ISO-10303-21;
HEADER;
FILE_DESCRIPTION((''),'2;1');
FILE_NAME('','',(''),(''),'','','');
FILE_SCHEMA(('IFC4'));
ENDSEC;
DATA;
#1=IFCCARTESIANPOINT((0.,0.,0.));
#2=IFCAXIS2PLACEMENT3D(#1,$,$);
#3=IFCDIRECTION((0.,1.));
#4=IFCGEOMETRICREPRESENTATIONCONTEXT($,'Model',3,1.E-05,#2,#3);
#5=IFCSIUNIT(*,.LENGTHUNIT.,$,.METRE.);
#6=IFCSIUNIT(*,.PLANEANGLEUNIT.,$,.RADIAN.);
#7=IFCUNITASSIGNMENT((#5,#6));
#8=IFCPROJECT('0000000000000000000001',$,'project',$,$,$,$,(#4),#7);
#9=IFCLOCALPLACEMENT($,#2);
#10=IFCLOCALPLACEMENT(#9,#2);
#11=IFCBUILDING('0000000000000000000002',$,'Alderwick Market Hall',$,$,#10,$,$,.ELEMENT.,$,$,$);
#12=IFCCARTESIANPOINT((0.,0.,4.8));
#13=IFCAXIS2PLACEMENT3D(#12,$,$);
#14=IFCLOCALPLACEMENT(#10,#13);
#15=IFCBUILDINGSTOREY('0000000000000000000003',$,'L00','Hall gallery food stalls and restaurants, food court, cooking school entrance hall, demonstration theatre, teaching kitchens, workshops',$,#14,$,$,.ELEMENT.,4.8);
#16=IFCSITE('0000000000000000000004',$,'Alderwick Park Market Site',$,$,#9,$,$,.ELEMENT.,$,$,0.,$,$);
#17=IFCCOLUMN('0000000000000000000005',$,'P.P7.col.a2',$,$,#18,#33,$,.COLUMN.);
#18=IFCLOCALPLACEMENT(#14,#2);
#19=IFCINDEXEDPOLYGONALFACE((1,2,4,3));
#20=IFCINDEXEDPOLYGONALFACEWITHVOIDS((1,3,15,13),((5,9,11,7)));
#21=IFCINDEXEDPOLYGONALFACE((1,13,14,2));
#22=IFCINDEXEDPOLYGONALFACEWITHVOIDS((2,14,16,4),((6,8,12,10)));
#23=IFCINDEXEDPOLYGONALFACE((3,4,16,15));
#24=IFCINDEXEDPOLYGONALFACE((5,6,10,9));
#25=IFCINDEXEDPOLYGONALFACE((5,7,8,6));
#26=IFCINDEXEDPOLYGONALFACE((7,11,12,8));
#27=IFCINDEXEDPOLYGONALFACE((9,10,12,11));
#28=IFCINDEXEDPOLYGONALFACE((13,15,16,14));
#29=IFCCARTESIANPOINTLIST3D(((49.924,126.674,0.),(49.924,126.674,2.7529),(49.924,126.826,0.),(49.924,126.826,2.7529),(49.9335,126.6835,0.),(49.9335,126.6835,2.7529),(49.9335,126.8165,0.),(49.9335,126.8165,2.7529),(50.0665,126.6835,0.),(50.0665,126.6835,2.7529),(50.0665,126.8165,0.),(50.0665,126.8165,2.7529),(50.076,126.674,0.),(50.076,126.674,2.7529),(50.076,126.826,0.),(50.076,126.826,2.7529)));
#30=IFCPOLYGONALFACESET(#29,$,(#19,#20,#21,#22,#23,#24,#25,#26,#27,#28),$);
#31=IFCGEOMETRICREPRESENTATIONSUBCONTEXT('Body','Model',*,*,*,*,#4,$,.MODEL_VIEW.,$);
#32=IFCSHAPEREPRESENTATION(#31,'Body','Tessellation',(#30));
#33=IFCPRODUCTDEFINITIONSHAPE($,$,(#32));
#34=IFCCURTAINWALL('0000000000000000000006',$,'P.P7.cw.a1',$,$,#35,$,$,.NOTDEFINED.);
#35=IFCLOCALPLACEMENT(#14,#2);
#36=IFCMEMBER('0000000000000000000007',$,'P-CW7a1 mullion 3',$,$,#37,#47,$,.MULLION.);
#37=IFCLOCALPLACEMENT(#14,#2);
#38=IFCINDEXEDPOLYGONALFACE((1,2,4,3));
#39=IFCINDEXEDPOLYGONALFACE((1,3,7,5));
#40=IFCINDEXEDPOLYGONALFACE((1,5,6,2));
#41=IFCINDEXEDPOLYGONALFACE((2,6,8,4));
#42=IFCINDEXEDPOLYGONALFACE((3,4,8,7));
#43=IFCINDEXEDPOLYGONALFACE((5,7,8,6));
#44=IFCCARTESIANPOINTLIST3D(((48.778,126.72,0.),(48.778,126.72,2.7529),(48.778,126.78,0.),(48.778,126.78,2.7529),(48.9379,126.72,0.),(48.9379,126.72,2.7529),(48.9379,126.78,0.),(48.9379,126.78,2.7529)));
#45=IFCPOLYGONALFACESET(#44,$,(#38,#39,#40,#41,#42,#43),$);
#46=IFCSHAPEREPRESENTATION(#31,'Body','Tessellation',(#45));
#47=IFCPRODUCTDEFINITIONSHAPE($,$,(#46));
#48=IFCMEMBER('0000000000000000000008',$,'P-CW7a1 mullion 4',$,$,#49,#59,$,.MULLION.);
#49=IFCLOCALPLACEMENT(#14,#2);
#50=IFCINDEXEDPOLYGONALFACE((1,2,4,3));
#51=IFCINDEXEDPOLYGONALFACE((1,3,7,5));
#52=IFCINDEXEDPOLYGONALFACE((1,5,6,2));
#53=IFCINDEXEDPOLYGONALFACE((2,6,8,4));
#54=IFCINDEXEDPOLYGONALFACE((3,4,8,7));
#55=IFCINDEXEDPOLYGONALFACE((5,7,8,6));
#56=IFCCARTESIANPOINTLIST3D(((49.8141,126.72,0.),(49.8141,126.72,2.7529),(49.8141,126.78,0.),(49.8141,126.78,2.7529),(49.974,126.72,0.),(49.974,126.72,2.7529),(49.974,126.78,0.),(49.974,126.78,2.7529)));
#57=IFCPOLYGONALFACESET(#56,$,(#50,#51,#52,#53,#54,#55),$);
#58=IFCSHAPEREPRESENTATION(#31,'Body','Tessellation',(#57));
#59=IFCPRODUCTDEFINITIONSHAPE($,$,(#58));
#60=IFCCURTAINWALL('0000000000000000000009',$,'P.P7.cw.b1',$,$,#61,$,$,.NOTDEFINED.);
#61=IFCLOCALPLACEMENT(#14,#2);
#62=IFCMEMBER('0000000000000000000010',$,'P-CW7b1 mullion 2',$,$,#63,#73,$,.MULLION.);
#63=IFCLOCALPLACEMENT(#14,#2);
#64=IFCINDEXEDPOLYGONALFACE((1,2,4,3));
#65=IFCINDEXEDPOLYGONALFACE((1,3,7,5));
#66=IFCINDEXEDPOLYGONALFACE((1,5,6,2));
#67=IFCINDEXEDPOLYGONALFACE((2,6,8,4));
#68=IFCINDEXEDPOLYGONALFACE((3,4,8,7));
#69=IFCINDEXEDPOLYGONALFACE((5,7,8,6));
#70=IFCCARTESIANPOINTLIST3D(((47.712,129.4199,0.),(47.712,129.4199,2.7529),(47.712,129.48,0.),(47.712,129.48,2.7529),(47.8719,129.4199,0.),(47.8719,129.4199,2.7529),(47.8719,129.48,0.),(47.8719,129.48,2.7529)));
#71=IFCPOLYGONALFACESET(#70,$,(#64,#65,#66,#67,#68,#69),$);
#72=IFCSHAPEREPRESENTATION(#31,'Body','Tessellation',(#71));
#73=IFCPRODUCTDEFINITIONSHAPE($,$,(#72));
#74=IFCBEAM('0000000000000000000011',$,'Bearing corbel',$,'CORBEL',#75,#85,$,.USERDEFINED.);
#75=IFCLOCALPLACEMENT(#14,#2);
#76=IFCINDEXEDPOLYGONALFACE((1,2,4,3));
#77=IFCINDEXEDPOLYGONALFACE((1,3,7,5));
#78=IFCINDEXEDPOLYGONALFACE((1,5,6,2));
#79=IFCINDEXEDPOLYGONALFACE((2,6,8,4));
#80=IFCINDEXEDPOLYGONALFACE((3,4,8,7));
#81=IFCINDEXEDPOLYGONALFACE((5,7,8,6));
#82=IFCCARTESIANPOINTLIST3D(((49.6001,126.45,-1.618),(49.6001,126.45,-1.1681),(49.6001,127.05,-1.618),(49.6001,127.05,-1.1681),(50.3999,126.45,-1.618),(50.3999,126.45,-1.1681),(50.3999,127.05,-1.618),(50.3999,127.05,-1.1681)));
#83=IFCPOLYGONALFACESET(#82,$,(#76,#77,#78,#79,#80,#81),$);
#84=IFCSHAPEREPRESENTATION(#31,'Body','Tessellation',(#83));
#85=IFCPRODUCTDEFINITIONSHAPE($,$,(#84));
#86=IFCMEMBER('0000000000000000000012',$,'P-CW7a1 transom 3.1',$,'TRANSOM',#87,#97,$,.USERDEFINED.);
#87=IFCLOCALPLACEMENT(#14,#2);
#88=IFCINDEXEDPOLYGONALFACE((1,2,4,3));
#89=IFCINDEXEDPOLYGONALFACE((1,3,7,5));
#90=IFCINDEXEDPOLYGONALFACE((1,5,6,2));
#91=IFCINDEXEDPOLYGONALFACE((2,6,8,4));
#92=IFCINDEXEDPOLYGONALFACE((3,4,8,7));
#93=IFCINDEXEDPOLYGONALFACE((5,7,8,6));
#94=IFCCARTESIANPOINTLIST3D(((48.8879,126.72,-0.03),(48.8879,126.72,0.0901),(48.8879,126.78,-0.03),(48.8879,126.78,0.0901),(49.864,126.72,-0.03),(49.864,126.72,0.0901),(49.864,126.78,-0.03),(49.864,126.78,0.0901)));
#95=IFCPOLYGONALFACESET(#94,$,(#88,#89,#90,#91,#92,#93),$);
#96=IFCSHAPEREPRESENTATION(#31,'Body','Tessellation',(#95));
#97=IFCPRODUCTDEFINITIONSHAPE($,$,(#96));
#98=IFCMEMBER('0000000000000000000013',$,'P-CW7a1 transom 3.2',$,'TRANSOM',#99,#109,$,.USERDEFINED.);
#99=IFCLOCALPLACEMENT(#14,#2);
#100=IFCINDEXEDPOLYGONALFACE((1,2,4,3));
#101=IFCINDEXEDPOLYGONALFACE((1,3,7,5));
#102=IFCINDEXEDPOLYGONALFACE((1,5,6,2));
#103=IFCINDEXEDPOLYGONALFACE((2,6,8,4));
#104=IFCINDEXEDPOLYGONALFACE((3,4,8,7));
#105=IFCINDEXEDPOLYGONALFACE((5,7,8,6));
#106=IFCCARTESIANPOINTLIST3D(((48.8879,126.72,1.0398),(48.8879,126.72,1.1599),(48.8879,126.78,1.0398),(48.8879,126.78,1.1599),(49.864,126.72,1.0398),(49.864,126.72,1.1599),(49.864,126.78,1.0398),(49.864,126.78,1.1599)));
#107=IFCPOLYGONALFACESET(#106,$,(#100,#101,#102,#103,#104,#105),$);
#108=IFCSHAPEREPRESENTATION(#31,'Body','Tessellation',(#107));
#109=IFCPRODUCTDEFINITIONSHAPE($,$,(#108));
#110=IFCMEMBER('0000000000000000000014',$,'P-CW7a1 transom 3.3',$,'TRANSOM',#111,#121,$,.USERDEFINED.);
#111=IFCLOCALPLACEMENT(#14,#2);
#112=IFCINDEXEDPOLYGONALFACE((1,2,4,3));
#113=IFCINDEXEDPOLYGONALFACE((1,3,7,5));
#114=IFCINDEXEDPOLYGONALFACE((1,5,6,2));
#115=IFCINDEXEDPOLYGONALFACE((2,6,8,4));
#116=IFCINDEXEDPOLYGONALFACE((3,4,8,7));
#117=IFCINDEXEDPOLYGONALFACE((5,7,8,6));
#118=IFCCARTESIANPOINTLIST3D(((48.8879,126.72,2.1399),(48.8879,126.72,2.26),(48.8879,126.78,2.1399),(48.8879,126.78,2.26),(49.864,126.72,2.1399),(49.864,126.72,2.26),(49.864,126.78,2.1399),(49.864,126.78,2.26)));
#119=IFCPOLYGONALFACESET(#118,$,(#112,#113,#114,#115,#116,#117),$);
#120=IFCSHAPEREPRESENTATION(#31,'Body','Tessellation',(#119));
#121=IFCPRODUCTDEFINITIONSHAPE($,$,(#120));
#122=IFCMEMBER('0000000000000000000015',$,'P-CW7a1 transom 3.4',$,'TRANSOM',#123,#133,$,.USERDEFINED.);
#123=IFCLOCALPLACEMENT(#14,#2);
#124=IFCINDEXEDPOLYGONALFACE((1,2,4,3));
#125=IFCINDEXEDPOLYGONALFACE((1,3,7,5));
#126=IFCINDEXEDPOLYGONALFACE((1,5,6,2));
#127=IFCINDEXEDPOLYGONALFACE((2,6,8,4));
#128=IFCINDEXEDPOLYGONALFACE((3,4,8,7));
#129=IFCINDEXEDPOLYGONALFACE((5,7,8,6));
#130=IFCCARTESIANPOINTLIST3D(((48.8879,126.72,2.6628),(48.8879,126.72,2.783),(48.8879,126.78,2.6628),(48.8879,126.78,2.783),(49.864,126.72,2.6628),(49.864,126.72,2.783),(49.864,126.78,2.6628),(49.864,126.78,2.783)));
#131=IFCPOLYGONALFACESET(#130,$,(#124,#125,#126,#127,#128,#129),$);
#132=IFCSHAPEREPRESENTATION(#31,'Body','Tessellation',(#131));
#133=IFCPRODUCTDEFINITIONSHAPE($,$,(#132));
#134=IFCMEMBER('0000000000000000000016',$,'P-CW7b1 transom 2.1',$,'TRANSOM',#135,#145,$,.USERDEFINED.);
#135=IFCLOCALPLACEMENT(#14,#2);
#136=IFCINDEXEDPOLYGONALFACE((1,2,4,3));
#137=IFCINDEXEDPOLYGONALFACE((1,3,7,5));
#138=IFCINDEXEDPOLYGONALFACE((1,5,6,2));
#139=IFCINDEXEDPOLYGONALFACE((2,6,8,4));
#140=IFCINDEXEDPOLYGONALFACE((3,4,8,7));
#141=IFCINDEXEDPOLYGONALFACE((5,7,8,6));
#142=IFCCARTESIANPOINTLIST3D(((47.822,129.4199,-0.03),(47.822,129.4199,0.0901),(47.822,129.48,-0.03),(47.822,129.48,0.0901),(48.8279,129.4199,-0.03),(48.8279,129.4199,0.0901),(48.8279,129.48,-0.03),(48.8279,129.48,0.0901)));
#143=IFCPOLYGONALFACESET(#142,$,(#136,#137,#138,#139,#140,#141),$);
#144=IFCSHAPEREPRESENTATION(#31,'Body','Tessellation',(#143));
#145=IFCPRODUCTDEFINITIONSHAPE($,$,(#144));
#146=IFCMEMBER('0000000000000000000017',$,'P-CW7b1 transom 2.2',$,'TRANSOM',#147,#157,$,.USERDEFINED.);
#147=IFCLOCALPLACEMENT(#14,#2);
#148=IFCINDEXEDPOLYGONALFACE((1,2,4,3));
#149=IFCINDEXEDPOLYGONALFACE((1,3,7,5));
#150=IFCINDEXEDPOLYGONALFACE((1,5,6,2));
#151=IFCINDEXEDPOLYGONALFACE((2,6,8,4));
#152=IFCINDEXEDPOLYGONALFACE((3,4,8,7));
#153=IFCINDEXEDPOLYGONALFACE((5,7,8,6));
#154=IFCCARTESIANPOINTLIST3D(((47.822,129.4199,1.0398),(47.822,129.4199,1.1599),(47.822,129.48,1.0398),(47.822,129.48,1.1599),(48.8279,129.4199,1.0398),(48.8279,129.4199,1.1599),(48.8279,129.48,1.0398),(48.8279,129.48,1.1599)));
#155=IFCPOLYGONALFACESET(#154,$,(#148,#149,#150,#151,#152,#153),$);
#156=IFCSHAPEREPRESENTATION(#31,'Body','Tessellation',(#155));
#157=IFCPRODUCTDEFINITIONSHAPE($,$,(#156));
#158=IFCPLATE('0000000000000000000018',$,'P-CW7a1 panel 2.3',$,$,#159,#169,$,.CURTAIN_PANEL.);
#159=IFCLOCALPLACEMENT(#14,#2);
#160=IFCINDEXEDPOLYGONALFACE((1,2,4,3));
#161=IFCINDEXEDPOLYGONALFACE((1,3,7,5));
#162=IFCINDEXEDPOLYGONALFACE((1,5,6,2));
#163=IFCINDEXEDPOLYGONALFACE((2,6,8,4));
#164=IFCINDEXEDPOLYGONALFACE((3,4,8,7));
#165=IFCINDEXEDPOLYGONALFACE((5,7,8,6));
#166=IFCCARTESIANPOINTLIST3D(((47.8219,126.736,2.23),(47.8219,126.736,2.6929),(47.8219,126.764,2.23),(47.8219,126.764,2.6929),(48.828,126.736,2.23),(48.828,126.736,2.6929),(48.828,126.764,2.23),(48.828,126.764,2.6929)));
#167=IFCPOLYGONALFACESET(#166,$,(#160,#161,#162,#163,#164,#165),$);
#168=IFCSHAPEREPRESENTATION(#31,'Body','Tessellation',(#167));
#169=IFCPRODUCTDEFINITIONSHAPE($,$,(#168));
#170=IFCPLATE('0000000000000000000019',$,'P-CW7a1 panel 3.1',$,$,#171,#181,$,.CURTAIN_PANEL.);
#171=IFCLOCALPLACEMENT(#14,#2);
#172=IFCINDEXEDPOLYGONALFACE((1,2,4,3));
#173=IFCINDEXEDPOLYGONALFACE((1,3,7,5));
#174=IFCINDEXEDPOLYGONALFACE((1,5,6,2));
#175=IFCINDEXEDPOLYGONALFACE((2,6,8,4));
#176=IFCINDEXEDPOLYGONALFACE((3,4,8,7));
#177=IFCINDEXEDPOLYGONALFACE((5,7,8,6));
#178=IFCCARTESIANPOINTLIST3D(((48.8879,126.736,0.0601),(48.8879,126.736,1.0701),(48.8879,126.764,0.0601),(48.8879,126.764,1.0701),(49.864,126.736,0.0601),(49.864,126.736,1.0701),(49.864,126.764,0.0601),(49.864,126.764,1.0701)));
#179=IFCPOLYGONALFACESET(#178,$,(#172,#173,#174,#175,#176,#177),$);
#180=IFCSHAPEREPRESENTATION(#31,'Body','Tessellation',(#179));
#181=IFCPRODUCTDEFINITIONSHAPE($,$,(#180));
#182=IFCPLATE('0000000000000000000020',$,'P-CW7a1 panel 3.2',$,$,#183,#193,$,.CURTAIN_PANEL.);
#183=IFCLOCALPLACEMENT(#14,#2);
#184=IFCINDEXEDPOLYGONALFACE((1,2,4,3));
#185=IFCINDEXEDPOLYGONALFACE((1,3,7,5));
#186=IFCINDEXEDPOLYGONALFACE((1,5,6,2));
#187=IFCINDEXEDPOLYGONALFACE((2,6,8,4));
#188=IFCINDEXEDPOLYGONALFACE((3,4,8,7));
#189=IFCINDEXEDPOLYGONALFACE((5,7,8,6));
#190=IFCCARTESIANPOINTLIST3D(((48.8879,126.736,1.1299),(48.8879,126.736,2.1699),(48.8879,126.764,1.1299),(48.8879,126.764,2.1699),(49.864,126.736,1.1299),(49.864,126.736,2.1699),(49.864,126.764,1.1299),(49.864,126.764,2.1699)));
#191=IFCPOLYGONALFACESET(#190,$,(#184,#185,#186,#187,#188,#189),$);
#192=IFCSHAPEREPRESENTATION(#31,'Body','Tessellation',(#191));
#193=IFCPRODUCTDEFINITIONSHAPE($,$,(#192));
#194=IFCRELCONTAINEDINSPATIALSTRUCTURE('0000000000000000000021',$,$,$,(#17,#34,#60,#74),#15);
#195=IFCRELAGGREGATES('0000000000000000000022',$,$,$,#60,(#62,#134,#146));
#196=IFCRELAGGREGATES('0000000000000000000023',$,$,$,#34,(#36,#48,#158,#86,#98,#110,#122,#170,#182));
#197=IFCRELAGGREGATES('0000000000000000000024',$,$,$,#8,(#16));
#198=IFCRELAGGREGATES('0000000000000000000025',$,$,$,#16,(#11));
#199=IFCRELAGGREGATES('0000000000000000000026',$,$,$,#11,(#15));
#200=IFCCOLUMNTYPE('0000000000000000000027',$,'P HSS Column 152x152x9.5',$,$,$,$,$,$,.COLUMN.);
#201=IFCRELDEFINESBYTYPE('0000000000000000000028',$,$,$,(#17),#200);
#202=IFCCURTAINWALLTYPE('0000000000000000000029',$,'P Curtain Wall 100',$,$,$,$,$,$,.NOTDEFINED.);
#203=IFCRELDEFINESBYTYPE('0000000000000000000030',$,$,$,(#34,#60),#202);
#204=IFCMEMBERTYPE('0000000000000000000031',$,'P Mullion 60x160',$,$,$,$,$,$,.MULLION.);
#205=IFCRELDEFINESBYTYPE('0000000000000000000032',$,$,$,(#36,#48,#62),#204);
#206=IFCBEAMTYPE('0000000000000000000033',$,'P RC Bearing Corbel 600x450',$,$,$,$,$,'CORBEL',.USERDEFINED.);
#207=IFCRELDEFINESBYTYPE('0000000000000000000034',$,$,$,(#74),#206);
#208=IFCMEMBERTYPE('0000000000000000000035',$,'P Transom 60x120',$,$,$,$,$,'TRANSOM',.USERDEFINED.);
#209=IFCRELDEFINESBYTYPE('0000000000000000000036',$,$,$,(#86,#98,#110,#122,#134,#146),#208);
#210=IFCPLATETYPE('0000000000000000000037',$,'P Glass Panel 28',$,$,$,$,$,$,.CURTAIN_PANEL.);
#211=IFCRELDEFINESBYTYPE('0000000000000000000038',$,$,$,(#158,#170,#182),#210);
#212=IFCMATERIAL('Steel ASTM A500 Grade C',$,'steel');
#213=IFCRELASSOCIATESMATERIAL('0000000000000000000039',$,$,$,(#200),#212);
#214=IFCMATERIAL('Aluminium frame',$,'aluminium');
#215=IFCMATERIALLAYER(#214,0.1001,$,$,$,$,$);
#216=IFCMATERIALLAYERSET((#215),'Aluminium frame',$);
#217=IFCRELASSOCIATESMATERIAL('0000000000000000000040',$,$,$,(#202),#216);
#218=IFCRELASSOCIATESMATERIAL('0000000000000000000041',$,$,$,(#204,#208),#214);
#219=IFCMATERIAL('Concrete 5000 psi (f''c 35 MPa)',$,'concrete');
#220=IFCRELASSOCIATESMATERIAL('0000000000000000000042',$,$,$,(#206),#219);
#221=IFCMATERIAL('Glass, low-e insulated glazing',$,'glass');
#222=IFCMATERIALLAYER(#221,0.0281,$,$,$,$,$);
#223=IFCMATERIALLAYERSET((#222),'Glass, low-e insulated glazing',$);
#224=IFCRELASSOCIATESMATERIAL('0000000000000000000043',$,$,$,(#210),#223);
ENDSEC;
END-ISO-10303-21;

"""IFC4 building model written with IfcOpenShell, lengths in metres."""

from ifc_helpers import new_model, si_unit, direction, frame, origin, origin_2d, place, context, subcontext, project, spatial, rectangle, hollow_rectangle, extrude, material, layer, layer_set, material_profile, profile_set, type_object, element, aggregate, save


model = new_model("IFC4")

# Units and contexts
model_context = context("Model", 3, precision=1e-05, world=origin(), true_north=direction((0.0, 1.0)))
body_context = subcontext(model_context, "Body", "Model", "MODEL_VIEW")
ifc_project = project(units=[si_unit("LENGTHUNIT", "METRE"), si_unit("PLANEANGLEUNIT", "RADIAN")], contexts=[model_context])

# Site, building, storey
site_placement = place(None, origin())
site = spatial("IfcSite", under=ifc_project, at=site_placement, Name="Alderwick Park Market Site", CompositionType="ELEMENT", RefElevation=0.0)
building_placement = place(site_placement, origin())
building = spatial("IfcBuilding", under=site, at=building_placement, Name="Alderwick Market Hall", CompositionType="ELEMENT")
storey_placement = place(building_placement, frame((0.0, 0.0, 4.8)))
storey = spatial("IfcBuildingStorey", under=building, at=storey_placement, Name="L00", Description="Hall gallery food stalls and restaurants, food court, cooking school entrance hall, demonstration theatre, teaching kitchens, workshops", CompositionType="ELEMENT", Elevation=4.8)

# Column
ifc_material_1 = material(Name="Steel ASTM A500 Grade C", Category="steel")
ifc_material_profile_1 = material_profile(ifc_material_1, hollow_rectangle(XDim=0.1521, YDim=0.1521, WallThickness=0.0095, at=origin_2d()), Name="HSS152x152x9.5")
ifc_profile_set_1 = profile_set([ifc_material_profile_1], Name="Steel ASTM A500 Grade C")
column_type = type_object("IfcColumnType", Name="P HSS Column 152x152x9.5", PredefinedType="COLUMN", material=ifc_profile_set_1)
column_placement = place(storey_placement, frame((50.0, 126.75, 0.0), z_axis=(0.0, 0.0, 1.0), x_axis=(1.0, 0.0, 0.0)))
element("IfcColumn", 1, at=column_placement, inside=storey, type_object=column_type, Name="P.P7.col.a2", PredefinedType="COLUMN", context=body_context, shape_type="SweptSolid", body=[
    extrude(hollow_rectangle(XDim=0.1521, YDim=0.1521, WallThickness=0.0095, at=origin_2d()), origin(), (0.0, 0.0, 1.0), 2.7529),
])

# Curtain wall, members
ifc_material_2 = material(Name="Aluminium frame", Category="aluminium")
ifc_layer_1 = layer(ifc_material_2, 0.1001)
ifc_layer_set_1 = layer_set([ifc_layer_1], Name="Aluminium frame")
curtain_wall_type = type_object("IfcCurtainWallType", Name="P Curtain Wall 100", PredefinedType="NOTDEFINED", material=ifc_layer_set_1)
curtain_wall_1_placement = place(storey_placement, origin())
curtain_wall_1 = element("IfcCurtainWall", 2, at=curtain_wall_1_placement, inside=storey, type_object=curtain_wall_type, Name="P.P7.cw.a1", PredefinedType="NOTDEFINED")
ifc_material_profile_2 = material_profile(ifc_material_2, rectangle(XDim=0.0601, YDim=0.1599, at=origin_2d()), Name="P Mullion 60x160")
ifc_profile_set_2 = profile_set([ifc_material_profile_2], Name="Aluminium frame")
member_type_1 = type_object("IfcMemberType", Name="P Mullion 60x160", PredefinedType="MULLION", material=ifc_profile_set_2)
member_1_placement = place(storey_placement, frame((48.8579, 126.75, 0.0), z_axis=(0.0, 0.0, 1.0), x_axis=(0.0, 1.0, 0.0)))
member_1 = element("IfcMember", 3, at=member_1_placement, type_object=member_type_1, Name="P-CW7a1 mullion 3", PredefinedType="MULLION", context=body_context, shape_type="SweptSolid", body=[
    extrude(rectangle(XDim=0.0601, YDim=0.1599, at=origin_2d()), origin(), (0.0, 0.0, 1.0), 2.7529),
])
member_2_placement = place(storey_placement, frame((49.894, 126.75, 0.0), z_axis=(0.0, 0.0, 1.0), x_axis=(0.0, 1.0, 0.0)))
member_2 = element("IfcMember", 4, at=member_2_placement, type_object=member_type_1, Name="P-CW7a1 mullion 4", PredefinedType="MULLION", context=body_context, shape_type="SweptSolid", body=[
    extrude(rectangle(XDim=0.0601, YDim=0.1599, at=origin_2d()), origin(), (0.0, 0.0, 1.0), 2.7529),
])

# Curtain wall, member
curtain_wall_2_placement = place(storey_placement, origin())
curtain_wall_2 = element("IfcCurtainWall", 5, at=curtain_wall_2_placement, inside=storey, type_object=curtain_wall_type, Name="P.P7.cw.b1", PredefinedType="NOTDEFINED")
member_3_placement = place(storey_placement, frame((47.792, 129.45, 0.0), z_axis=(0.0, 0.0, 1.0), x_axis=(0.0, 1.0, 0.0)))
member_3 = element("IfcMember", 6, at=member_3_placement, type_object=member_type_1, Name="P-CW7b1 mullion 2", PredefinedType="MULLION", context=body_context, shape_type="SweptSolid", body=[
    extrude(rectangle(XDim=0.0601, YDim=0.1599, at=origin_2d()), origin(), (0.0, 0.0, 1.0), 2.7529),
])

# Beam
ifc_material_3 = material(Name="Concrete 5000 psi (f'c 35 MPa)", Category="concrete")
ifc_material_profile_3 = material_profile(ifc_material_3, rectangle(XDim=0.6001, YDim=0.45, at=origin_2d()), Name="P RC Bearing Corbel 600x450")
ifc_profile_set_3 = profile_set([ifc_material_profile_3], Name="Concrete 5000 psi (f'c 35 MPa)")
beam_type = type_object("IfcBeamType", Name="P RC Bearing Corbel 600x450", ElementType="CORBEL", PredefinedType="USERDEFINED", material=ifc_profile_set_3)
beam_placement = place(storey_placement, frame((49.6001, 126.75, -1.3931), z_axis=(1.0, 0.0, 0.0), x_axis=(0.0, 1.0, 0.0)))
element("IfcBeam", 7, at=beam_placement, inside=storey, type_object=beam_type, Name="Bearing corbel", ObjectType="CORBEL", PredefinedType="USERDEFINED", context=body_context, shape_type="SweptSolid", body=[
    extrude(rectangle(XDim=0.6001, YDim=0.45, at=origin_2d()), origin(), (0.0, 0.0, 1.0), 0.7998),
])

# Members
ifc_material_profile_4 = material_profile(ifc_material_2, rectangle(XDim=0.0601, YDim=0.1201, at=origin_2d()), Name="P Transom 60x120")
ifc_profile_set_4 = profile_set([ifc_material_profile_4], Name="Aluminium frame")
member_type_2 = type_object("IfcMemberType", Name="P Transom 60x120", ElementType="TRANSOM", PredefinedType="USERDEFINED", material=ifc_profile_set_4)
member_4_placement = place(storey_placement, frame((48.8879, 126.75, 0.03), z_axis=(1.0, 0.0, 0.0), x_axis=(0.0, 1.0, 0.0)))
member_4 = element("IfcMember", 8, at=member_4_placement, type_object=member_type_2, Name="P-CW7a1 transom 3.1", ObjectType="TRANSOM", PredefinedType="USERDEFINED", context=body_context, shape_type="SweptSolid", body=[
    extrude(rectangle(XDim=0.0601, YDim=0.1201, at=origin_2d()), origin(), (0.0, 0.0, 1.0), 0.9761),
])
member_5_placement = place(storey_placement, frame((48.8879, 126.75, 1.0999), z_axis=(1.0, 0.0, 0.0), x_axis=(0.0, 1.0, 0.0)))
member_5 = element("IfcMember", 9, at=member_5_placement, type_object=member_type_2, Name="P-CW7a1 transom 3.2", ObjectType="TRANSOM", PredefinedType="USERDEFINED", context=body_context, shape_type="SweptSolid", body=[
    extrude(rectangle(XDim=0.0601, YDim=0.1201, at=origin_2d()), origin(), (0.0, 0.0, 1.0), 0.9761),
])
member_6_placement = place(storey_placement, frame((48.8879, 126.75, 2.2), z_axis=(1.0, 0.0, 0.0), x_axis=(0.0, 1.0, 0.0)))
member_6 = element("IfcMember", 10, at=member_6_placement, type_object=member_type_2, Name="P-CW7a1 transom 3.3", ObjectType="TRANSOM", PredefinedType="USERDEFINED", context=body_context, shape_type="SweptSolid", body=[
    extrude(rectangle(XDim=0.0601, YDim=0.1201, at=origin_2d()), origin(), (0.0, 0.0, 1.0), 0.9761),
])
member_7_placement = place(storey_placement, frame((48.8879, 126.75, 2.7229), z_axis=(1.0, 0.0, 0.0), x_axis=(0.0, 1.0, 0.0)))
member_7 = element("IfcMember", 11, at=member_7_placement, type_object=member_type_2, Name="P-CW7a1 transom 3.4", ObjectType="TRANSOM", PredefinedType="USERDEFINED", context=body_context, shape_type="SweptSolid", body=[
    extrude(rectangle(XDim=0.0601, YDim=0.1201, at=origin_2d()), origin(), (0.0, 0.0, 1.0), 0.9761),
])
member_8_placement = place(storey_placement, frame((47.822, 129.45, 0.03), z_axis=(1.0, 0.0, 0.0), x_axis=(0.0, 1.0, 0.0)))
member_8 = element("IfcMember", 12, at=member_8_placement, type_object=member_type_2, Name="P-CW7b1 transom 2.1", ObjectType="TRANSOM", PredefinedType="USERDEFINED", context=body_context, shape_type="SweptSolid", body=[
    extrude(rectangle(XDim=0.0601, YDim=0.1201, at=origin_2d()), origin(), (0.0, 0.0, 1.0), 1.0059),
])
member_9_placement = place(storey_placement, frame((47.822, 129.45, 1.0999), z_axis=(1.0, 0.0, 0.0), x_axis=(0.0, 1.0, 0.0)))
member_9 = element("IfcMember", 13, at=member_9_placement, type_object=member_type_2, Name="P-CW7b1 transom 2.2", ObjectType="TRANSOM", PredefinedType="USERDEFINED", context=body_context, shape_type="SweptSolid", body=[
    extrude(rectangle(XDim=0.0601, YDim=0.1201, at=origin_2d()), origin(), (0.0, 0.0, 1.0), 1.0059),
])
aggregate(curtain_wall_2, [member_3, member_8, member_9])

# Plates
ifc_material_4 = material(Name="Glass, low-e insulated glazing", Category="glass")
ifc_layer_2 = layer(ifc_material_4, 0.0281)
ifc_layer_set_2 = layer_set([ifc_layer_2], Name="Glass, low-e insulated glazing")
plate_type_1 = type_object("IfcPlateType", Name="P Glass Panel 28", PredefinedType="CURTAIN_PANEL", material=ifc_layer_set_2)
plate_1_placement = place(storey_placement, frame((48.325, 126.75, 2.23), z_axis=(0.0, 0.0, 1.0), x_axis=(1.0, 0.0, 0.0)))
plate_1 = element("IfcPlate", 14, at=plate_1_placement, type_object=plate_type_1, Name="P-CW7a1 panel 2.3", PredefinedType="CURTAIN_PANEL", context=body_context, shape_type="SweptSolid", body=[
    extrude(rectangle(XDim=1.0061, YDim=0.0281, at=origin_2d()), origin(), (0.0, 0.0, 1.0), 0.4629),
])
plate_2_placement = place(storey_placement, frame((49.376, 126.75, 0.0601), z_axis=(0.0, 0.0, 1.0), x_axis=(1.0, 0.0, 0.0)))
plate_2 = element("IfcPlate", 15, at=plate_2_placement, type_object=plate_type_1, Name="P-CW7a1 panel 3.1", PredefinedType="CURTAIN_PANEL", context=body_context, shape_type="SweptSolid", body=[
    extrude(rectangle(XDim=0.9761, YDim=0.0281, at=origin_2d()), origin(), (0.0, 0.0, 1.0), 1.01),
])
plate_3_placement = place(storey_placement, frame((49.376, 126.75, 1.1299), z_axis=(0.0, 0.0, 1.0), x_axis=(1.0, 0.0, 0.0)))
plate_3 = element("IfcPlate", 16, at=plate_3_placement, type_object=plate_type_1, Name="P-CW7a1 panel 3.2", PredefinedType="CURTAIN_PANEL", context=body_context, shape_type="SweptSolid", body=[
    extrude(rectangle(XDim=0.9761, YDim=0.0281, at=origin_2d()), origin(), (0.0, 0.0, 1.0), 1.04),
])
aggregate(curtain_wall_1, [member_1, member_2, plate_1, member_4, member_5, member_6, member_7, plate_2, plate_3])

save(model, "model.ifc")
